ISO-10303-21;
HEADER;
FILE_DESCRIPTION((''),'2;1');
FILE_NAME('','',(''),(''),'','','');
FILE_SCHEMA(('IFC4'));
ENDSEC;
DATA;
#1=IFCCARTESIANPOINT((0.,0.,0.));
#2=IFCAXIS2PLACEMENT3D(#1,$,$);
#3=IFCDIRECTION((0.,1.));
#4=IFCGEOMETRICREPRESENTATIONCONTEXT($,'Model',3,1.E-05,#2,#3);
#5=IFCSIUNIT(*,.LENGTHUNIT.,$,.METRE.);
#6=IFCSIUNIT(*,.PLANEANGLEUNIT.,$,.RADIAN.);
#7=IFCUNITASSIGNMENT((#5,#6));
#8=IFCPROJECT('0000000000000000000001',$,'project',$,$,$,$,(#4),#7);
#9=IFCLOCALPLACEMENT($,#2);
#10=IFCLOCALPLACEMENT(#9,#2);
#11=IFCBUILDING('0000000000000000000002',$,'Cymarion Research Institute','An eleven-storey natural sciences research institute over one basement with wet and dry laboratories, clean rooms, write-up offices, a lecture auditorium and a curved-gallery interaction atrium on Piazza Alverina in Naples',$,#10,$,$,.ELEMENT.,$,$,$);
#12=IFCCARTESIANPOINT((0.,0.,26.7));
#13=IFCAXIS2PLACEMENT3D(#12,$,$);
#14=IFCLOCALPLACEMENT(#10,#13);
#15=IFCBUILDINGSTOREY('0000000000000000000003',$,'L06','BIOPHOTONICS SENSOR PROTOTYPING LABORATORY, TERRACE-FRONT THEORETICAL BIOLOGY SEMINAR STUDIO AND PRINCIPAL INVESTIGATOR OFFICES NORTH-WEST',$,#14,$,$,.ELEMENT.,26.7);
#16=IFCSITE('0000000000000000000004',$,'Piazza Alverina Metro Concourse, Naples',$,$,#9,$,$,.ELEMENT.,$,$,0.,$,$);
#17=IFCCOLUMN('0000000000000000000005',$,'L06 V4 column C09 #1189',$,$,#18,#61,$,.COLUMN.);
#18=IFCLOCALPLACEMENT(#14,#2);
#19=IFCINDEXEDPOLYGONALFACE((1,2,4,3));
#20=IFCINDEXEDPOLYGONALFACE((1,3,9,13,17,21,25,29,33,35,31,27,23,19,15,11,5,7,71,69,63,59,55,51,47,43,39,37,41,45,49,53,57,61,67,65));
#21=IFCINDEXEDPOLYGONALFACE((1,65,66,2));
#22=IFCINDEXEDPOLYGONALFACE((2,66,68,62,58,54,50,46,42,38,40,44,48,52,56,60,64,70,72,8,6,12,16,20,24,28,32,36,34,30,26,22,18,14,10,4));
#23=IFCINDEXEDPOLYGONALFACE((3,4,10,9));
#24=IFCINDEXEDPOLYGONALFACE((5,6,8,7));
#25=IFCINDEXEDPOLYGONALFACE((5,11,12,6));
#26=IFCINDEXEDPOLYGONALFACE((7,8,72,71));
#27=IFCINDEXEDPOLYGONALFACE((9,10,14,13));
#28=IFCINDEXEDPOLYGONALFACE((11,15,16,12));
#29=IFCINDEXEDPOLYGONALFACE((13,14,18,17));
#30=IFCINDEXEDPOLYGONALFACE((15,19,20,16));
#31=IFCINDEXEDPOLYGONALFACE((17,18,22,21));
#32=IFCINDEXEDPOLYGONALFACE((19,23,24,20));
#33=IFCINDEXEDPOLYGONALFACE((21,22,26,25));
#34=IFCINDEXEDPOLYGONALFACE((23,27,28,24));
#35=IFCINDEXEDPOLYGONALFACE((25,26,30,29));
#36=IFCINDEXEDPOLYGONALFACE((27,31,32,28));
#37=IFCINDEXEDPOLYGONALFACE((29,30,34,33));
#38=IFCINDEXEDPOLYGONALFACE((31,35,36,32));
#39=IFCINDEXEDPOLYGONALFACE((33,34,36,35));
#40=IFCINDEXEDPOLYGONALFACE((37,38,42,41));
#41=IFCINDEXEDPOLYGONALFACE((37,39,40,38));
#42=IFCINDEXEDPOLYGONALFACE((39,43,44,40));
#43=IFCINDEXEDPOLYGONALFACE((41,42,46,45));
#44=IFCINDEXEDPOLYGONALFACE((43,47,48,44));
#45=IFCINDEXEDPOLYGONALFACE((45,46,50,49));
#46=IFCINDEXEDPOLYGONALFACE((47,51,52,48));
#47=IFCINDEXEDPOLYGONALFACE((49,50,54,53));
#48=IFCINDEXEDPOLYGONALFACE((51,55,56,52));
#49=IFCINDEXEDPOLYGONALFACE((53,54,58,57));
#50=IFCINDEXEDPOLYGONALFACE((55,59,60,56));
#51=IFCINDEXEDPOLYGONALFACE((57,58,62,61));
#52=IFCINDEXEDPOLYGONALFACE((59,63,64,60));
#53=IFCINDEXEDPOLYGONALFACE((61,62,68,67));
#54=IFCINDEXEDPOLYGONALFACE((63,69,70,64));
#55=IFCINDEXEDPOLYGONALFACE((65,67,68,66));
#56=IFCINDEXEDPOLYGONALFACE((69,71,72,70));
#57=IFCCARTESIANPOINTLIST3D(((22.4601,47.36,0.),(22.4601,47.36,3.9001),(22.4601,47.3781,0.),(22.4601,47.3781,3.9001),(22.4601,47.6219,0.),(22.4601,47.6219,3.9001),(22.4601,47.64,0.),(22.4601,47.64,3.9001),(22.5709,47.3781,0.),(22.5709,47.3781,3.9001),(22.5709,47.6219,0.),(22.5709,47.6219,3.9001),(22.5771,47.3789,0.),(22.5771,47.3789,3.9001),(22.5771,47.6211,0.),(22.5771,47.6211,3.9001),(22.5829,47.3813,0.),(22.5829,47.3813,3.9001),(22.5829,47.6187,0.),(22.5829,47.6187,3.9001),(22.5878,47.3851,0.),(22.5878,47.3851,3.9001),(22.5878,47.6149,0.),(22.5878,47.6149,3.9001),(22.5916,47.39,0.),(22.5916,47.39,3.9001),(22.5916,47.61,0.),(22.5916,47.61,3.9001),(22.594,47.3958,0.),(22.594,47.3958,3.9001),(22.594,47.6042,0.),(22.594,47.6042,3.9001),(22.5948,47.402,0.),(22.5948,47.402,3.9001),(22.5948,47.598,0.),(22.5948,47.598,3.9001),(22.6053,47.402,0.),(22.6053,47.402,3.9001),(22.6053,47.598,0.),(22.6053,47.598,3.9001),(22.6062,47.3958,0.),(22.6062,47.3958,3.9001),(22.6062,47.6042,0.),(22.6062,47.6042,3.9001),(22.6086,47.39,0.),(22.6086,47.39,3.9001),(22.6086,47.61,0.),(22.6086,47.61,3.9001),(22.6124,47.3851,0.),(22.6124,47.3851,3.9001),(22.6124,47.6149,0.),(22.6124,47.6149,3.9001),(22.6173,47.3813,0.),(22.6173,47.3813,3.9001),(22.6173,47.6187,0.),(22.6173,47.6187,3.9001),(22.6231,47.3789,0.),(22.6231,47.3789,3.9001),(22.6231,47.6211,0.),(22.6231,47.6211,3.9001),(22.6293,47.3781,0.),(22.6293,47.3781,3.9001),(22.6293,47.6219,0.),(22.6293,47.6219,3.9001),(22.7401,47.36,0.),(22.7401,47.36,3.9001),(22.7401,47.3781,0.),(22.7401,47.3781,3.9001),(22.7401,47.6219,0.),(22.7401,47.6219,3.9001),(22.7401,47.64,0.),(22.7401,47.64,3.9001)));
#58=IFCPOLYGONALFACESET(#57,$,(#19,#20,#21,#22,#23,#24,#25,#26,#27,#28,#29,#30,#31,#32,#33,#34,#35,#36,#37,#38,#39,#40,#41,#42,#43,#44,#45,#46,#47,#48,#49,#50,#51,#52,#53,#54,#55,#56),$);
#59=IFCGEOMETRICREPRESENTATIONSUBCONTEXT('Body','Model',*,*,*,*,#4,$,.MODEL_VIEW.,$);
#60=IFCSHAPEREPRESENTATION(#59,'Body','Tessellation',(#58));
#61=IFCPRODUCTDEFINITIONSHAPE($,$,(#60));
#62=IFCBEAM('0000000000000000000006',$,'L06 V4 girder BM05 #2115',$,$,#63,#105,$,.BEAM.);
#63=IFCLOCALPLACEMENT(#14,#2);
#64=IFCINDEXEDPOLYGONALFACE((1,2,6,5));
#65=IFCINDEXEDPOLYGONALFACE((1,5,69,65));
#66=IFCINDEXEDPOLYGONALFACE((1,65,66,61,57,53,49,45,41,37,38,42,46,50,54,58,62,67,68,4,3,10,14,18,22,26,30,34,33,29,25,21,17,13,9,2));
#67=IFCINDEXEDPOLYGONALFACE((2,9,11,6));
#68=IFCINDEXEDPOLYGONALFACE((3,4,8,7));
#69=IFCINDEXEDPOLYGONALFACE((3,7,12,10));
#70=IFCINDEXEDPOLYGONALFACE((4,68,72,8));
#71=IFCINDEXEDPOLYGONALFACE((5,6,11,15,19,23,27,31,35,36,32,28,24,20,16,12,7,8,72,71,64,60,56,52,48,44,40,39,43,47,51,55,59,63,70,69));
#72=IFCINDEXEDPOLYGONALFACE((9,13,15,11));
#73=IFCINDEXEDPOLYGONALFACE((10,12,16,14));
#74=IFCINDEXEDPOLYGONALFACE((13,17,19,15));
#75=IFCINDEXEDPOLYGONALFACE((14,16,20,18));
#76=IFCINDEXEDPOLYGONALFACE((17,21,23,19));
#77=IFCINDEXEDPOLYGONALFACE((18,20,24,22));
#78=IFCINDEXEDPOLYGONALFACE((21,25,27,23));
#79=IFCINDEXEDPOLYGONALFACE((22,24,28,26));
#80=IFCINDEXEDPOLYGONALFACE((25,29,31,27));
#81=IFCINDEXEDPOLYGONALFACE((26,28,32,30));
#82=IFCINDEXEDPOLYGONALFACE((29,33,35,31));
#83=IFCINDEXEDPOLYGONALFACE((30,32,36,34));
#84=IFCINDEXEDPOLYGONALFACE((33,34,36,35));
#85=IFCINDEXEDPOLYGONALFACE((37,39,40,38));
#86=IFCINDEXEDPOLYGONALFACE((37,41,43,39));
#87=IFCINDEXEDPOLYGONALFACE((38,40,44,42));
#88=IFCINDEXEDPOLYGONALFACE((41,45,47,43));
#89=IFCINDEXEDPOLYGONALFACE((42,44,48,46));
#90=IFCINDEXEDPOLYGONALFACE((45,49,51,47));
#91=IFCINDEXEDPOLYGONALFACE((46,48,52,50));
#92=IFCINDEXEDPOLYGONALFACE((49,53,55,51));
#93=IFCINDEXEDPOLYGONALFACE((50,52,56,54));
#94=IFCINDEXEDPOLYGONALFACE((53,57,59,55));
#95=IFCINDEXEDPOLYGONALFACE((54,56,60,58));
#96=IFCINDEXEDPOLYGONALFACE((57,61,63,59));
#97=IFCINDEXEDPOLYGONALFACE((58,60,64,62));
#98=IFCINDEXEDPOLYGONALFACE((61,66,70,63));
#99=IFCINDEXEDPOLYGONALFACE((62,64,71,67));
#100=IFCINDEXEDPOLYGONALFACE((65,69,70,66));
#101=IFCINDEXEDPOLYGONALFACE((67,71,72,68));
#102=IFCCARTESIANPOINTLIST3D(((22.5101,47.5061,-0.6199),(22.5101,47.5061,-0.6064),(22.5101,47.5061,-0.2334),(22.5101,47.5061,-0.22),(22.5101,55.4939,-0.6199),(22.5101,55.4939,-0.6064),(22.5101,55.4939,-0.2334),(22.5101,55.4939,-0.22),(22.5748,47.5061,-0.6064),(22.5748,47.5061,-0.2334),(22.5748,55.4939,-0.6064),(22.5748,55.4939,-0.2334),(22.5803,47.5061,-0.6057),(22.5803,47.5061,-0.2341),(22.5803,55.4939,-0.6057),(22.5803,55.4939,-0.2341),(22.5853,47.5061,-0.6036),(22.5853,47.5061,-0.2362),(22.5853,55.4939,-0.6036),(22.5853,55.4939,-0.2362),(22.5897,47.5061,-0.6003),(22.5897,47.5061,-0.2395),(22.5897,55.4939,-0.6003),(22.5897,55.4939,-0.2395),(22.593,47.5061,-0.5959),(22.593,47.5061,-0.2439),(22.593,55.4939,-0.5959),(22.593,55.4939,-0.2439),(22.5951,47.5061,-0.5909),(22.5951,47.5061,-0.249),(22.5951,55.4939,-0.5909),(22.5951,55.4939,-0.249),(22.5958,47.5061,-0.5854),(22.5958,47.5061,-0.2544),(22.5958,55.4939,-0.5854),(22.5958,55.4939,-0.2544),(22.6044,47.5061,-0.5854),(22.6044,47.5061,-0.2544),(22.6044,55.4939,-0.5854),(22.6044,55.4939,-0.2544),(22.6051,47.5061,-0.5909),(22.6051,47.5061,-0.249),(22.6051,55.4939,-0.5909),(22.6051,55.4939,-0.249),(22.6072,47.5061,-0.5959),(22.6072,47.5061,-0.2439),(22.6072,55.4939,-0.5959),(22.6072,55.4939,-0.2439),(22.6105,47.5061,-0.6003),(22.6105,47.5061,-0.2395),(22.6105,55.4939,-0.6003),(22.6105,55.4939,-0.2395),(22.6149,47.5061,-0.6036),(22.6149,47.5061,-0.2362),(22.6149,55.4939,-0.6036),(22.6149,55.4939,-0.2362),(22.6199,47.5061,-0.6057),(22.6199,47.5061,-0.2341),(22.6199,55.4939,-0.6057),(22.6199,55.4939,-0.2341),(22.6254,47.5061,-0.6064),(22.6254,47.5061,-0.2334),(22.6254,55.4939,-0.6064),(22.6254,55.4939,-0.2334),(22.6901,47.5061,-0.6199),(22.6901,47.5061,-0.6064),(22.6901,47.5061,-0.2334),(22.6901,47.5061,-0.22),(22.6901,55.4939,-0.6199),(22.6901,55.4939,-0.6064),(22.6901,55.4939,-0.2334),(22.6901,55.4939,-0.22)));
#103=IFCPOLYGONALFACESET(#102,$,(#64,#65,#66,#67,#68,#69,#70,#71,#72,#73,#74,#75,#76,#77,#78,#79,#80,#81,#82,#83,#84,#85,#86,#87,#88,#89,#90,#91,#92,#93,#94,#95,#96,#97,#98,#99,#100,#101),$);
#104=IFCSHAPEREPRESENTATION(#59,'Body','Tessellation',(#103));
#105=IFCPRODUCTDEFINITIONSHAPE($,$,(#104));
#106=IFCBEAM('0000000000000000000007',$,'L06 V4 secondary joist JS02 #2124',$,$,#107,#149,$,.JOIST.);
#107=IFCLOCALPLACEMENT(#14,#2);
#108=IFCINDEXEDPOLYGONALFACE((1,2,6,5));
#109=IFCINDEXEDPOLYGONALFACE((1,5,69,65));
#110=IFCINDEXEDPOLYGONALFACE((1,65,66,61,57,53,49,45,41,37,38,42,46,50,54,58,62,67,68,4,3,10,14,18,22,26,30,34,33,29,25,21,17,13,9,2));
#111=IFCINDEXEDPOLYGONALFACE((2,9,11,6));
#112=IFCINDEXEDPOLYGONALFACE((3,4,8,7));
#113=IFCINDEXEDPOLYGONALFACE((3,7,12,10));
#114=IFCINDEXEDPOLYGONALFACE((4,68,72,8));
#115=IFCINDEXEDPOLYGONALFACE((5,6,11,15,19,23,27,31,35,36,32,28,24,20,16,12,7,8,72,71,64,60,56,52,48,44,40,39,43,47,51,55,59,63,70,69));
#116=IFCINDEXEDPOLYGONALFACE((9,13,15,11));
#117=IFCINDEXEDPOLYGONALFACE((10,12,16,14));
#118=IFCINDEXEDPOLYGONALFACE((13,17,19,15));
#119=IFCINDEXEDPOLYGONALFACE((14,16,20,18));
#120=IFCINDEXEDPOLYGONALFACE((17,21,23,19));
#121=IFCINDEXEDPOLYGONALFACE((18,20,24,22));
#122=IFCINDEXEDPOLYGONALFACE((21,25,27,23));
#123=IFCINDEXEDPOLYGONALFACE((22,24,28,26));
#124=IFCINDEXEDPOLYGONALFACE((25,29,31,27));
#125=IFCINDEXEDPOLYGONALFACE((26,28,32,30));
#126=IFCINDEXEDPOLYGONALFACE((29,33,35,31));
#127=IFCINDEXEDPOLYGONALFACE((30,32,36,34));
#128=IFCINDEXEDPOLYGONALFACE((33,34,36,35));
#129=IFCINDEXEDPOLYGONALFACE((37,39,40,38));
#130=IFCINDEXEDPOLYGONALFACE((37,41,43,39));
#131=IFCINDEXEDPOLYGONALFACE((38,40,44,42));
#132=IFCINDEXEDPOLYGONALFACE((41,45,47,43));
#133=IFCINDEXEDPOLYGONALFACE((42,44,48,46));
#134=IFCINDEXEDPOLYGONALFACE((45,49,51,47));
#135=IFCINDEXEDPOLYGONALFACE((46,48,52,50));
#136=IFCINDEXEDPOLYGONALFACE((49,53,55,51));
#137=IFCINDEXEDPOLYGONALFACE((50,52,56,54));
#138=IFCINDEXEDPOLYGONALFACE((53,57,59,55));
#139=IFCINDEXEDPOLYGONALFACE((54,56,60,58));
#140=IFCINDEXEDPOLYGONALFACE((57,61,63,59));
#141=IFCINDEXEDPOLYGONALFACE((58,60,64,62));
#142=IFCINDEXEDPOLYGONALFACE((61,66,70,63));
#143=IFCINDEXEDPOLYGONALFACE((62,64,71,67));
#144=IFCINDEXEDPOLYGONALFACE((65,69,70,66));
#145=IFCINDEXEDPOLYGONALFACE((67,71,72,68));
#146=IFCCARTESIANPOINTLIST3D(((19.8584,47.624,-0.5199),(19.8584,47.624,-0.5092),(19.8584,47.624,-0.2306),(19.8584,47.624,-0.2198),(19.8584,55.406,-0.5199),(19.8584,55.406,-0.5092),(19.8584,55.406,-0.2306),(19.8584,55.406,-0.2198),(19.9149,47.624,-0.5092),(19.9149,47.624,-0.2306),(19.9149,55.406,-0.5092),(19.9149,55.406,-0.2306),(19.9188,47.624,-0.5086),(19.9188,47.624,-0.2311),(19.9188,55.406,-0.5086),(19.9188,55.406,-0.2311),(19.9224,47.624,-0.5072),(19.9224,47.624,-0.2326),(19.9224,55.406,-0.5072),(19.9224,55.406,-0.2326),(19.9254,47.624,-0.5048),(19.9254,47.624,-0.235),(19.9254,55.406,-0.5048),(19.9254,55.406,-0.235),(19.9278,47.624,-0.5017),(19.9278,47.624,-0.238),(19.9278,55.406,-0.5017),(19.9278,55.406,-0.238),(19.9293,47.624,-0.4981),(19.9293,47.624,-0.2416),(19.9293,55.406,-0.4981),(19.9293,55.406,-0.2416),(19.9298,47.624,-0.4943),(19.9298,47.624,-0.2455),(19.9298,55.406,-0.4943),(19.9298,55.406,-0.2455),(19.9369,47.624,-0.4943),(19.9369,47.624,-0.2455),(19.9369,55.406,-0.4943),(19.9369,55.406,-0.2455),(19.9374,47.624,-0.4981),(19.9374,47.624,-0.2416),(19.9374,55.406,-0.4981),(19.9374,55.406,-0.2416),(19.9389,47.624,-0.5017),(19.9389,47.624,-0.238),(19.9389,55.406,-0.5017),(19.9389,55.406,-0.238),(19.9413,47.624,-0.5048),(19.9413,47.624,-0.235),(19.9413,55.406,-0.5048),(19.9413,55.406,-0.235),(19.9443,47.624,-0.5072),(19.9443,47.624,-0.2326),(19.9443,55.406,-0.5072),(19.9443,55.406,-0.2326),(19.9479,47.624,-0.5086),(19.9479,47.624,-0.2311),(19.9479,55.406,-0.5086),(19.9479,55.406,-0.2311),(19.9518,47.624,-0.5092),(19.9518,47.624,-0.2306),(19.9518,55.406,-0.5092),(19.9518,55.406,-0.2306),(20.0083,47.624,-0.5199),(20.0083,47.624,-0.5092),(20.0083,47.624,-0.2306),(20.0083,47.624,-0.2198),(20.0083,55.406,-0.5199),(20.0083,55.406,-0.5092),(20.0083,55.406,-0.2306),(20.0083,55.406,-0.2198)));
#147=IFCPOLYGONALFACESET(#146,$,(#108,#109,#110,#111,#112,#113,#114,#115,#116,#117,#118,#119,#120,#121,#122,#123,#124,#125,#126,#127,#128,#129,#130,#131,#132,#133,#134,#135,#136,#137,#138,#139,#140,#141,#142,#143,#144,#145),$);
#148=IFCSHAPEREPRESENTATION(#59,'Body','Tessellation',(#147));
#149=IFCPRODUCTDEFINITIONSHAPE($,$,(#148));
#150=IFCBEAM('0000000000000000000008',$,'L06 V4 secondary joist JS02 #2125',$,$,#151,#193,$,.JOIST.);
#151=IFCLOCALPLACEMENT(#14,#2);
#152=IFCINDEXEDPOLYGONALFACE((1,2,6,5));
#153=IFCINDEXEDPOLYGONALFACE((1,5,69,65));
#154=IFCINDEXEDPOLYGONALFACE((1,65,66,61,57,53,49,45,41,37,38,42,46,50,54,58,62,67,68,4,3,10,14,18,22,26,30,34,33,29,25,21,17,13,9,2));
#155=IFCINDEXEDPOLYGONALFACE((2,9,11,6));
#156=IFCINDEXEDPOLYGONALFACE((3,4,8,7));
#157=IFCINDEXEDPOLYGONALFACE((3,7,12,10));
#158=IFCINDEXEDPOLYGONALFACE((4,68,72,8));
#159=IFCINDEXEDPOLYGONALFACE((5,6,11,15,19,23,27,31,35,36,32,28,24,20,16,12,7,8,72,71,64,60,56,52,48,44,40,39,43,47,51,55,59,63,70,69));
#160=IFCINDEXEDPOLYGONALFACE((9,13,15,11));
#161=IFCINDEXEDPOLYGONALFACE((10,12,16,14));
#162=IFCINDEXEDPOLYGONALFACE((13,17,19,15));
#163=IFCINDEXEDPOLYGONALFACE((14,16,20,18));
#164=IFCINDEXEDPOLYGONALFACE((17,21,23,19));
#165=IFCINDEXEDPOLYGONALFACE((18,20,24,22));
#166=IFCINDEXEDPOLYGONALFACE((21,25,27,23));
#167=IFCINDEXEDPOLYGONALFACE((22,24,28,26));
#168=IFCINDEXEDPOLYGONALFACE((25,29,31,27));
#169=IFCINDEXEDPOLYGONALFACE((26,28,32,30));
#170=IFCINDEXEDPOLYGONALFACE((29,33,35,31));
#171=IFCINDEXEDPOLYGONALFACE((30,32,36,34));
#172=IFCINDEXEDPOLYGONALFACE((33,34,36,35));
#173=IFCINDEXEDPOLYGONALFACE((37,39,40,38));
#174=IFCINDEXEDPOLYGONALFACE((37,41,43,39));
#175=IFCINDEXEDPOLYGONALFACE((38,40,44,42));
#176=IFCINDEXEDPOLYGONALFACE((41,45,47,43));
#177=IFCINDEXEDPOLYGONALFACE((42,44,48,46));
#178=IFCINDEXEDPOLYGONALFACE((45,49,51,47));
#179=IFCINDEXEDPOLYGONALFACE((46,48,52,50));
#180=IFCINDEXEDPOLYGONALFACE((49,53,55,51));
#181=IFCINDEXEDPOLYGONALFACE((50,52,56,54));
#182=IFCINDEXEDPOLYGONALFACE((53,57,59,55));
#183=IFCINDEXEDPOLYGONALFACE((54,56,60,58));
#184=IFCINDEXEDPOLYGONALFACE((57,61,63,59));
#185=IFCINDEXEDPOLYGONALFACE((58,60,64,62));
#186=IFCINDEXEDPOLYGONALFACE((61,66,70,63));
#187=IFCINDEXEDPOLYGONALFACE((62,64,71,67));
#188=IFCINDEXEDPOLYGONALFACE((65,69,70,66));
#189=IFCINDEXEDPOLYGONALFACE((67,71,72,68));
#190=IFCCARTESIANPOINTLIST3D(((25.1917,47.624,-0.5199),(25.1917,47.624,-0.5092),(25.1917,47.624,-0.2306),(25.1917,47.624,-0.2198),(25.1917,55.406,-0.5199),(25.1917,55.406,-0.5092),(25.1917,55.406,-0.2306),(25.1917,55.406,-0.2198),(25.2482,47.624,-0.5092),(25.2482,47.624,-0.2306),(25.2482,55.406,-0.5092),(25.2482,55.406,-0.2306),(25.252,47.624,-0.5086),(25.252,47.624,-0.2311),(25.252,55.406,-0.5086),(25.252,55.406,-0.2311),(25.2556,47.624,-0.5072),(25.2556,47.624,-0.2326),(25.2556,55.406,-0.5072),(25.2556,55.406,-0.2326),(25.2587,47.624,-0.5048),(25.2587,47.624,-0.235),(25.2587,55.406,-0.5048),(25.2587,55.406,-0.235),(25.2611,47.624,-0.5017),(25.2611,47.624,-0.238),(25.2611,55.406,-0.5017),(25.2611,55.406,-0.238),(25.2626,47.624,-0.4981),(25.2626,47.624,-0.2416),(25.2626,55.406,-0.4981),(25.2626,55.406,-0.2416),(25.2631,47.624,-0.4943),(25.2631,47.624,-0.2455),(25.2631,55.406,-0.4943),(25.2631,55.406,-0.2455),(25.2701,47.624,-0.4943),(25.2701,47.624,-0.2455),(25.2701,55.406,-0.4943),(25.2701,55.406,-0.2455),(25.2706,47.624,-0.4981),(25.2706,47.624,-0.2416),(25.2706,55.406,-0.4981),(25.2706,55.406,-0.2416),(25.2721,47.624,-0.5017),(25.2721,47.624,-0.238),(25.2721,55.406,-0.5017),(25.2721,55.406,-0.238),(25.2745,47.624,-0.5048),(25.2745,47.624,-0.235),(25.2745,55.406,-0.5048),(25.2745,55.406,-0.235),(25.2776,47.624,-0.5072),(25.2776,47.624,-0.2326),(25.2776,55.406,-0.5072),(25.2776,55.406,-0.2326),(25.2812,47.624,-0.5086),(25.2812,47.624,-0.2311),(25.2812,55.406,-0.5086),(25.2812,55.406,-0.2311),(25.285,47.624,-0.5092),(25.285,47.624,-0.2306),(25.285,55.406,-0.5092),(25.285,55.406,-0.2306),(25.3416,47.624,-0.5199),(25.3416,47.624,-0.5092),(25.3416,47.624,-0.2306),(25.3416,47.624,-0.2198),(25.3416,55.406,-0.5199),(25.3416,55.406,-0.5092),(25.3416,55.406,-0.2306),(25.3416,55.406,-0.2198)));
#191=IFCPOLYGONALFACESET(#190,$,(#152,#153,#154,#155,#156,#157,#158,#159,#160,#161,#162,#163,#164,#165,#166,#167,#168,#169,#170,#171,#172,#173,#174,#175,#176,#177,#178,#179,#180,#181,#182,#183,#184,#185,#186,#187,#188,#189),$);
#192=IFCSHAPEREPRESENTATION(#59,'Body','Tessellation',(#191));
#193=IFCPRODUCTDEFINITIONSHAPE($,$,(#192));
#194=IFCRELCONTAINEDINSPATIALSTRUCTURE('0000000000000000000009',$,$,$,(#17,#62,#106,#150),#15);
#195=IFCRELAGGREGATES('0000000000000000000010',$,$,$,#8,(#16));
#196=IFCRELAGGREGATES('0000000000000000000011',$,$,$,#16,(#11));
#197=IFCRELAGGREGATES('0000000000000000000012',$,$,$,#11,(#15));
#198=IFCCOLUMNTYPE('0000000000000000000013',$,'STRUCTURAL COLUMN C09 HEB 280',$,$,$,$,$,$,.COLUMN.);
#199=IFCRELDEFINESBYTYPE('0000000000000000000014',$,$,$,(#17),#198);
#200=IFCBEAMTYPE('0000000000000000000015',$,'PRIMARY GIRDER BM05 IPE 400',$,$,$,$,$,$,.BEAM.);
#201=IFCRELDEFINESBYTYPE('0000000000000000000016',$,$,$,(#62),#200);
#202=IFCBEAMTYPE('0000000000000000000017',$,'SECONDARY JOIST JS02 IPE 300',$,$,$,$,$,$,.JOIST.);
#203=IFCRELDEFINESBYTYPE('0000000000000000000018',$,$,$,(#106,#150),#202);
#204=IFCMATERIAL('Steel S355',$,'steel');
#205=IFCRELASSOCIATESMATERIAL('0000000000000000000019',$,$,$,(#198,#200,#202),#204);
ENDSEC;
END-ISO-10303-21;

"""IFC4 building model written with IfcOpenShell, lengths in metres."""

from ifc_helpers import new_model, si_unit, direction, frame, origin, origin_2d, place, context, subcontext, project, spatial, i_section, extrude, material, material_profile, profile_set, type_object, element, save


model = new_model("IFC4")

# Units and contexts
model_context = context("Model", 3, precision=1e-05, world=origin(), true_north=direction((0.0, 1.0)))
body_context = subcontext(model_context, "Body", "Model", "MODEL_VIEW")
ifc_project = project(units=[si_unit("LENGTHUNIT", "METRE"), si_unit("PLANEANGLEUNIT", "RADIAN")], contexts=[model_context])

# Site, building, storey
site_placement = place(None, origin())
site = spatial("IfcSite", under=ifc_project, at=site_placement, Name="Piazza Alverina Metro Concourse, Naples", CompositionType="ELEMENT", RefElevation=0.0)
building_placement = place(site_placement, origin())
building = spatial("IfcBuilding", under=site, at=building_placement, Name="Cymarion Research Institute", Description="An eleven-storey natural sciences research institute over one basement with wet and dry laboratories, clean rooms, write-up offices, a lecture auditorium and a curved-gallery interaction atrium on Piazza Alverina in Naples", CompositionType="ELEMENT")
storey_placement = place(building_placement, frame((0.0, 0.0, 26.7)))
storey = spatial("IfcBuildingStorey", under=building, at=storey_placement, Name="L06", Description="BIOPHOTONICS SENSOR PROTOTYPING LABORATORY, TERRACE-FRONT THEORETICAL BIOLOGY SEMINAR STUDIO AND PRINCIPAL INVESTIGATOR OFFICES NORTH-WEST", CompositionType="ELEMENT", Elevation=26.7)

# Column
ifc_material_1 = material(Name="Steel S355", Category="steel")
ifc_material_profile_1 = material_profile(ifc_material_1, i_section(OverallWidth=0.28, OverallDepth=0.28, WebThickness=0.0105, FlangeThickness=0.0181, FilletRadius=0.0239, at=origin_2d()), Name="HEB 280")
ifc_profile_set_1 = profile_set([ifc_material_profile_1], Name="Steel S355")
column_type = type_object("IfcColumnType", Name="STRUCTURAL COLUMN C09 HEB 280", PredefinedType="COLUMN", material=ifc_profile_set_1)
column_placement = place(storey_placement, frame((22.6001, 47.5, 0.0), z_axis=(0.0, 0.0, 1.0), x_axis=(1.0, 0.0, 0.0)))
element("IfcColumn", 1, at=column_placement, inside=storey, type_object=column_type, Name="L06 V4 column C09 #1189", PredefinedType="COLUMN", context=body_context, shape_type="SweptSolid", body=[
    extrude(i_section(OverallWidth=0.28, OverallDepth=0.28, WebThickness=0.0105, FlangeThickness=0.0181, FilletRadius=0.0239, at=origin_2d()), origin(), (0.0, 0.0, 1.0), 3.9001),
])

# Beams
ifc_material_profile_2 = material_profile(ifc_material_1, i_section(OverallWidth=0.1799, OverallDepth=0.3999, WebThickness=0.0085, FlangeThickness=0.0134, FilletRadius=0.021, at=origin_2d()), Name="IPE 400")
ifc_profile_set_2 = profile_set([ifc_material_profile_2], Name="Steel S355")
beam_type_1 = type_object("IfcBeamType", Name="PRIMARY GIRDER BM05 IPE 400", PredefinedType="BEAM", material=ifc_profile_set_2)
beam_1_placement = place(storey_placement, frame((22.6001, 47.5061, -0.4199), z_axis=(0.0, 1.0, 0.0), x_axis=(-1.0, 0.0, 0.0)))
element("IfcBeam", 2, at=beam_1_placement, inside=storey, type_object=beam_type_1, Name="L06 V4 girder BM05 #2115", PredefinedType="BEAM", context=body_context, shape_type="SweptSolid", body=[
    extrude(i_section(OverallWidth=0.1799, OverallDepth=0.3999, WebThickness=0.0085, FlangeThickness=0.0134, FilletRadius=0.021, at=origin_2d()), origin(), (0.0, 0.0, 1.0), 7.9878),
])
ifc_material_profile_3 = material_profile(ifc_material_1, i_section(OverallWidth=0.1499, OverallDepth=0.3, WebThickness=0.0071, FlangeThickness=0.0107, FilletRadius=0.0149, at=origin_2d()), Name="IPE 300")
ifc_profile_set_3 = profile_set([ifc_material_profile_3], Name="Steel S355")
beam_type_2 = type_object("IfcBeamType", Name="SECONDARY JOIST JS02 IPE 300", PredefinedType="JOIST", material=ifc_profile_set_3)
for number, where, z_axis, x_axis, name in (
    (3, (19.9333, 47.624, -0.3699), (0.0, 1.0, 0.0), (-1.0, 0.0, 0.0), "L06 V4 secondary joist JS02 #2124"),
    (4, (25.2666, 47.624, -0.3699), (0.0, 1.0, 0.0), (-1.0, 0.0, 0.0), "L06 V4 secondary joist JS02 #2125"),
):
    element("IfcBeam", number, at=place(storey_placement, frame(where, z_axis=z_axis, x_axis=x_axis)), inside=storey, type_object=beam_type_2, Name=name, PredefinedType="JOIST", context=body_context, shape_type="SweptSolid", body=[
        extrude(i_section(OverallWidth=0.1499, OverallDepth=0.3, WebThickness=0.0071, FlangeThickness=0.0107, FilletRadius=0.0149, at=origin_2d()), origin(), (0.0, 0.0, 1.0), 7.782),
    ])

save(model, "model.ifc")
